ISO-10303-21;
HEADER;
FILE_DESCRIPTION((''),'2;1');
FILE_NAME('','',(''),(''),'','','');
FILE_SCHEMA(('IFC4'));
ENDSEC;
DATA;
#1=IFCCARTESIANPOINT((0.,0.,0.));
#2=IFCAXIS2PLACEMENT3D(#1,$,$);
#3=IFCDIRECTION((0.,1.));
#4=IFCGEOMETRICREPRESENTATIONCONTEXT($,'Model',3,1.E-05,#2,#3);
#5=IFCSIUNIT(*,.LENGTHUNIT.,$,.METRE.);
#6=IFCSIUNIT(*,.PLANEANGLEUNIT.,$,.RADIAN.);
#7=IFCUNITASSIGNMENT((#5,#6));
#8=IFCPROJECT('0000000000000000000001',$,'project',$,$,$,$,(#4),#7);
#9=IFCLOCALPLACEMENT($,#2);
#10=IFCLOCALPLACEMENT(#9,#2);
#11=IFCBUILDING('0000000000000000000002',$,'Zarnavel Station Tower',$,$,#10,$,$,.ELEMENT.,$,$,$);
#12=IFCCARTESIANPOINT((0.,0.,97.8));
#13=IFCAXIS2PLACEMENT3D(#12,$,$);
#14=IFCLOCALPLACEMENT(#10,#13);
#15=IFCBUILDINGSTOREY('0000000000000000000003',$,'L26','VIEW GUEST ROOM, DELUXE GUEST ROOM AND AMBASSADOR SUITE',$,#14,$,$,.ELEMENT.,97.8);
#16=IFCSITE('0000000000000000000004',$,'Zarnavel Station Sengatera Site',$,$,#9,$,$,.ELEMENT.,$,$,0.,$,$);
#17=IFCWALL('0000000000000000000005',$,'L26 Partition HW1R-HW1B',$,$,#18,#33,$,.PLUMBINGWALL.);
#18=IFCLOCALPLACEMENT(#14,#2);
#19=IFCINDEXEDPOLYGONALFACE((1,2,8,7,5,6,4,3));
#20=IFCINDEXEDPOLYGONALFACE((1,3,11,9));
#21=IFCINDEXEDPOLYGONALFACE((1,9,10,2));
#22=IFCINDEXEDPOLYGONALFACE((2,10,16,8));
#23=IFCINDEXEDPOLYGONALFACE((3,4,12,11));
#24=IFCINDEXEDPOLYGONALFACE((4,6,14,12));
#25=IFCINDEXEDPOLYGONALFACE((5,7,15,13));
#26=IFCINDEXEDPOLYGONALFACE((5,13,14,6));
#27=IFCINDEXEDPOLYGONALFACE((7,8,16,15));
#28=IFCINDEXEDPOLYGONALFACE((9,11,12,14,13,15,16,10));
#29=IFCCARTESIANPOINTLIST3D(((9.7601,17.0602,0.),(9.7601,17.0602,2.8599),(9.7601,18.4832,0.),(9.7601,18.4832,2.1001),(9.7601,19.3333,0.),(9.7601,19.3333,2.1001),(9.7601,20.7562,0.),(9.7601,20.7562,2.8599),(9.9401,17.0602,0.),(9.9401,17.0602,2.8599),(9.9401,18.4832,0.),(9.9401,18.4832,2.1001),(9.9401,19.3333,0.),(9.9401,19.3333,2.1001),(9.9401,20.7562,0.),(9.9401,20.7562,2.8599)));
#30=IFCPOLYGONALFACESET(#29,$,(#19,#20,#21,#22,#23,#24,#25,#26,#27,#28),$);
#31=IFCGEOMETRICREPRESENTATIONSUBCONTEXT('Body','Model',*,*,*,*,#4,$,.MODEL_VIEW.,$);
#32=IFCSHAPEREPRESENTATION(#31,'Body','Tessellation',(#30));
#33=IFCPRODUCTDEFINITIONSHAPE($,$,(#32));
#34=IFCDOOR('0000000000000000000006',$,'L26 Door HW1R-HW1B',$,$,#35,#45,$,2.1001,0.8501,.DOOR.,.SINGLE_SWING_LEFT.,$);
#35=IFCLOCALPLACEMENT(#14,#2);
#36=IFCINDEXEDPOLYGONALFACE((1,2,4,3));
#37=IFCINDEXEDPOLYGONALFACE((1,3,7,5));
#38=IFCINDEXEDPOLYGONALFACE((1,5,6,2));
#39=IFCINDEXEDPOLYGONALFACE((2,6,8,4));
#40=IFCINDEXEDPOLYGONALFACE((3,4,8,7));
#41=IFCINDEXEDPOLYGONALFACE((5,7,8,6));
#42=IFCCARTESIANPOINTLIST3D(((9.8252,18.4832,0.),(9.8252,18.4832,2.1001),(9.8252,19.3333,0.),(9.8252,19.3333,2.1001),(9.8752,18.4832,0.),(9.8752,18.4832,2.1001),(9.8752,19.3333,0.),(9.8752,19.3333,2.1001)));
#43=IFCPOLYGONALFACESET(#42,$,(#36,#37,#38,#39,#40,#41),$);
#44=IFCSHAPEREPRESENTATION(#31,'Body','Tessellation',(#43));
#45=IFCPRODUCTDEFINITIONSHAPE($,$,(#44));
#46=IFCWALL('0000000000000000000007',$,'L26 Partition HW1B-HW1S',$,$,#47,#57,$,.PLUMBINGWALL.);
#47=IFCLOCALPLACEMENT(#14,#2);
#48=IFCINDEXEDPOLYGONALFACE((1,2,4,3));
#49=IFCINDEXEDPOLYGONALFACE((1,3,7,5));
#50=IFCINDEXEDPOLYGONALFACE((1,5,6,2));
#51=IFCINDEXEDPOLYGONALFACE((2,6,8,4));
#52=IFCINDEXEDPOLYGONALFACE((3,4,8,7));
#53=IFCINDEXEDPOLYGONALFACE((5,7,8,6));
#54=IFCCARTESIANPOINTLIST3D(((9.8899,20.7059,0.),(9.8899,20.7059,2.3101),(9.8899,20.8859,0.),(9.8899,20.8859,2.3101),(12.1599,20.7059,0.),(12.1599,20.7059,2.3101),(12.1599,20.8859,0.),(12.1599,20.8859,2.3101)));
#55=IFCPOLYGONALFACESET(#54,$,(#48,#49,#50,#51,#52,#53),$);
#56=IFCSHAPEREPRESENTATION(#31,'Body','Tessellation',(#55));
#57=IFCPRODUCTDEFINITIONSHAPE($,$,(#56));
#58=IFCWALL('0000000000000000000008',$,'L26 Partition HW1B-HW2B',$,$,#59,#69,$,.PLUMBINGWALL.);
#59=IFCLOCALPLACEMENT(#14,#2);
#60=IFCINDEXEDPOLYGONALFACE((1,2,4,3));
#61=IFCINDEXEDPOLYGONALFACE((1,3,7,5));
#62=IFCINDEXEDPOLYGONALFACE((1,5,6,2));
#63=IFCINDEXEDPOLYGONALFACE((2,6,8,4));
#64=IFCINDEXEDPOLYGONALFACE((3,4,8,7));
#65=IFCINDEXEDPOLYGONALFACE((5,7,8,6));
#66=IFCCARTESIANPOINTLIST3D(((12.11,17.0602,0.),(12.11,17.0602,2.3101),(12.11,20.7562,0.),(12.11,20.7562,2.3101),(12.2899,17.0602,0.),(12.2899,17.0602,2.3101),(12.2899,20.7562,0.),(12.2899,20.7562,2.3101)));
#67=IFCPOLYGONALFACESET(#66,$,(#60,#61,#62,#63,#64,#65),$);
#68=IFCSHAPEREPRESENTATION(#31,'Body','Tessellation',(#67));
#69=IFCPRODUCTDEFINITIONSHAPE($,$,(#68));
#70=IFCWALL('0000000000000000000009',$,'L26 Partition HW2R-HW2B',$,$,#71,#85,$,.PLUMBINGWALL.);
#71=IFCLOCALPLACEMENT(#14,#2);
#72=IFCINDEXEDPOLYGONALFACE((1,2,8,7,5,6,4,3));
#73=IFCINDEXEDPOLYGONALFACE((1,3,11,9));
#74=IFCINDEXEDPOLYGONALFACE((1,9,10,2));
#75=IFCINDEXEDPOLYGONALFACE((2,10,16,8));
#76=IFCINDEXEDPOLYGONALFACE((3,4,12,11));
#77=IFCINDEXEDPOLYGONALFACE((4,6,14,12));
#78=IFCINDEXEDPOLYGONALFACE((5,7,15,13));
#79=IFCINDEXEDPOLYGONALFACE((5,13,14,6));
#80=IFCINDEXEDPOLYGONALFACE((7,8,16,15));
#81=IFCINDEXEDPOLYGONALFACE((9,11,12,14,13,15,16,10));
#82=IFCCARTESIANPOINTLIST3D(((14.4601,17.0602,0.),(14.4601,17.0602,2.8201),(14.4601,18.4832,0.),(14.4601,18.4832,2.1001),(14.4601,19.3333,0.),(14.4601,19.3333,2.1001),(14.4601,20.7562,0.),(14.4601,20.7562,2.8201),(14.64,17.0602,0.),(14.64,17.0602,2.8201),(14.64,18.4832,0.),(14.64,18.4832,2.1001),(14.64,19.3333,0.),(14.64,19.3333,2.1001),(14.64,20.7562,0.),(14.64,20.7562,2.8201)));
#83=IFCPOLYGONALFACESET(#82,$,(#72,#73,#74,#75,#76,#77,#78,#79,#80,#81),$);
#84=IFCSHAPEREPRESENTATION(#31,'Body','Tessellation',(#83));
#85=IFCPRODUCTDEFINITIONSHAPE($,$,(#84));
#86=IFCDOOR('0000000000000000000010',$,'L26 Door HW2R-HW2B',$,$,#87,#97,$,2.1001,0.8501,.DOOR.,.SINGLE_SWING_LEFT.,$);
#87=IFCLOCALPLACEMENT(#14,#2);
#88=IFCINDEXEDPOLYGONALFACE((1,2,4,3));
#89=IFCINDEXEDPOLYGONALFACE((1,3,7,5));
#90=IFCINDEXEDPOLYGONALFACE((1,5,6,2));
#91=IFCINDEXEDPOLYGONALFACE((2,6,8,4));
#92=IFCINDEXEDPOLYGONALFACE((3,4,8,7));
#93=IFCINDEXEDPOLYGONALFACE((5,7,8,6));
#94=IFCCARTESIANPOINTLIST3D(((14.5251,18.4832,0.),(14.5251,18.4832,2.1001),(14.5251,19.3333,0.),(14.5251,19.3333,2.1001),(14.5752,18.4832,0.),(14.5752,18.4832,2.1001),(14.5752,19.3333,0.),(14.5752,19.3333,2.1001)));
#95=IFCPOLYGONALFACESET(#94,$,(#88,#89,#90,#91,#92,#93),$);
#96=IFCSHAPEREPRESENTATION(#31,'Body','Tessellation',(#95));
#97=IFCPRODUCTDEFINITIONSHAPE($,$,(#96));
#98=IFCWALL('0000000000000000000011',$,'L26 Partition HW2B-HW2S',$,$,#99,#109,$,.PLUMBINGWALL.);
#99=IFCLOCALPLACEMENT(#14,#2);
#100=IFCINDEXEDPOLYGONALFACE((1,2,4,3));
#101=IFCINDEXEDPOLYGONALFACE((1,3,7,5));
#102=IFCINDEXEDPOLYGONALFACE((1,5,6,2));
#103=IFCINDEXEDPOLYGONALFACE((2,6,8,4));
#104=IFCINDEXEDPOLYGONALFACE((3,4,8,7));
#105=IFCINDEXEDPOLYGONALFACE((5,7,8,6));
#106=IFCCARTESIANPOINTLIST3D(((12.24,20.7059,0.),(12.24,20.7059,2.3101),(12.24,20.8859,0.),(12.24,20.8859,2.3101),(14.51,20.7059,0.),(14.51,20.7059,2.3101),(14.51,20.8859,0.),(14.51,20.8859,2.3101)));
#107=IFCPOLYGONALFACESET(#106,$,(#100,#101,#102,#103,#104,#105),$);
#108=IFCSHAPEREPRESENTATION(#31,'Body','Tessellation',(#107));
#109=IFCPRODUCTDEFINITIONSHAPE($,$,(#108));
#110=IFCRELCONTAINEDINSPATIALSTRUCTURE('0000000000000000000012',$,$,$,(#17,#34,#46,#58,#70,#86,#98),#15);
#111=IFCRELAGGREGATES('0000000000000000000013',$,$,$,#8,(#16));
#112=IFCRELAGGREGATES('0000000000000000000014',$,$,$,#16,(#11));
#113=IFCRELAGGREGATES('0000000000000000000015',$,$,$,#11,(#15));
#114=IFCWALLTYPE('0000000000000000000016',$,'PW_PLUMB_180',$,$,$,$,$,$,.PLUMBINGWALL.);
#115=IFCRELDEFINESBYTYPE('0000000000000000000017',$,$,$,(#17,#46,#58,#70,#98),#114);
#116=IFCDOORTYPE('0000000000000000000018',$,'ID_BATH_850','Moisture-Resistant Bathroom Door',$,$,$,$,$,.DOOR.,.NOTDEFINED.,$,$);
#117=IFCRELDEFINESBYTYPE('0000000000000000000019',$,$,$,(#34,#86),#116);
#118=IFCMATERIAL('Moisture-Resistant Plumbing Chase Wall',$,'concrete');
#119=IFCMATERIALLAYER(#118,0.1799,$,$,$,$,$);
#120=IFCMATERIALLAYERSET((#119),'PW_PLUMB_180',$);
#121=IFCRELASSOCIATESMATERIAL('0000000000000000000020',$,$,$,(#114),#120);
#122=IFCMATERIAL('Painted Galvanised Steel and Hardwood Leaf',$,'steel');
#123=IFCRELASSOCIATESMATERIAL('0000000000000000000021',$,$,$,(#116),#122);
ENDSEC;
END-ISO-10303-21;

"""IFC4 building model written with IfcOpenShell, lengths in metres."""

from ifc_helpers import new_model, si_unit, direction, frame, frame_2d, origin, place, context, subcontext, project, spatial, rectangle, extrude, material, layer, layer_set, type_object, element, fill, save


model = new_model("IFC4")

# Units and contexts
model_context = context("Model", 3, precision=1e-05, world=origin(), true_north=direction((0.0, 1.0)))
body_context = subcontext(model_context, "Body", "Model", "MODEL_VIEW")
ifc_project = project(units=[si_unit("LENGTHUNIT", "METRE"), si_unit("PLANEANGLEUNIT", "RADIAN")], contexts=[model_context])

# Site, building, storey
site_placement = place(None, origin())
site = spatial("IfcSite", under=ifc_project, at=site_placement, Name="Zarnavel Station Sengatera Site", CompositionType="ELEMENT", RefElevation=0.0)
building_placement = place(site_placement, origin())
building = spatial("IfcBuilding", under=site, at=building_placement, Name="Zarnavel Station Tower", CompositionType="ELEMENT")
storey_placement = place(building_placement, frame((0.0, 0.0, 97.8)))
storey = spatial("IfcBuildingStorey", under=building, at=storey_placement, Name="L26", Description="VIEW GUEST ROOM, DELUXE GUEST ROOM AND AMBASSADOR SUITE", CompositionType="ELEMENT", Elevation=97.8)

# Wall, opening, door
ifc_material_1 = material(Name="Moisture-Resistant Plumbing Chase Wall", Category="concrete")
ifc_layer_1 = layer(ifc_material_1, 0.1799)
ifc_layer_set_1 = layer_set([ifc_layer_1], Name="PW_PLUMB_180")
wall_type_1 = type_object("IfcWallType", Name="PW_PLUMB_180", PredefinedType="PLUMBINGWALL", material=ifc_layer_set_1)
wall_1_placement = place(storey_placement, frame((9.8501, 17.0601, 0.0), z_axis=(0.0, 0.0, 1.0), x_axis=(0.0, 1.0, 0.0)))
wall_1 = element("IfcWall", 1, at=wall_1_placement, inside=storey, type_object=wall_type_1, Name="L26 Partition HW1R-HW1B", PredefinedType="PLUMBINGWALL", context=body_context, shape_type="SweptSolid", body=[
    extrude(rectangle(XDim=3.696, YDim=0.1799, at=frame_2d((1.8481, 0.0))), origin(), (0.0, 0.0, 1.0), 2.8599),
])
opening_1_placement = place(wall_1_placement, frame((1.4231, 0.0, 0.0)))
opening_1 = element("IfcOpeningElement", 2, at=opening_1_placement, cuts=wall_1, PredefinedType="OPENING", context=body_context, shape_type="SweptSolid", body=[
    extrude(rectangle(XDim=0.8501, YDim=2.1001, at=frame_2d((0.425, 1.05))), frame((0.0, 0.0999, 0.0), z_axis=(0.0, -1.0, 0.0), x_axis=(1.0, 0.0, 0.0)), (0.0, 0.0, 1.0), 0.2),
])
ifc_material_2 = material(Name="Painted Galvanised Steel and Hardwood Leaf", Category="steel")
door_type_1 = type_object("IfcDoorType", Name="ID_BATH_850", Description="Moisture-Resistant Bathroom Door", OperationType="NOTDEFINED", PredefinedType="DOOR", material=ifc_material_2)
door_1_placement = place(opening_1_placement, origin())
door_1 = element("IfcDoor", 3, at=door_1_placement, inside=storey, type_object=door_type_1, Name="L26 Door HW1R-HW1B", OperationType="SINGLE_SWING_LEFT", OverallHeight=2.1001, OverallWidth=0.8501, PredefinedType="DOOR", context=body_context, shape_type="SweptSolid", body=[
    extrude(rectangle(XDim=0.8501, YDim=2.1001, at=frame_2d((0.425, 1.05))), frame((0.0, 0.0249, 0.0), z_axis=(0.0, -1.0, 0.0), x_axis=(1.0, 0.0, 0.0)), (0.0, 0.0, 1.0), 0.05),
])
fill(opening_1, door_1)

# Walls
wall_2_placement = place(storey_placement, frame((9.8899, 20.7959, 0.0), z_axis=(0.0, 0.0, 1.0), x_axis=(1.0, 0.0, 0.0)))
element("IfcWall", 4, at=wall_2_placement, inside=storey, type_object=wall_type_1, Name="L26 Partition HW1B-HW1S", PredefinedType="PLUMBINGWALL", context=body_context, shape_type="SweptSolid", body=[
    extrude(rectangle(XDim=2.27, YDim=0.1799, at=frame_2d((1.135, 0.0))), origin(), (0.0, 0.0, 1.0), 2.3101),
])
wall_3_placement = place(storey_placement, frame((12.2, 17.0601, 0.0), z_axis=(0.0, 0.0, 1.0), x_axis=(0.0, 1.0, 0.0)))
element("IfcWall", 5, at=wall_3_placement, inside=storey, type_object=wall_type_1, Name="L26 Partition HW1B-HW2B", PredefinedType="PLUMBINGWALL", context=body_context, shape_type="SweptSolid", body=[
    extrude(rectangle(XDim=3.696, YDim=0.1799, at=frame_2d((1.8481, 0.0))), origin(), (0.0, 0.0, 1.0), 2.3101),
])

# Wall, opening, door
wall_4_placement = place(storey_placement, frame((14.55, 17.0601, 0.0), z_axis=(0.0, 0.0, 1.0), x_axis=(0.0, 1.0, 0.0)))
wall_4 = element("IfcWall", 6, at=wall_4_placement, inside=storey, type_object=wall_type_1, Name="L26 Partition HW2R-HW2B", PredefinedType="PLUMBINGWALL", context=body_context, shape_type="SweptSolid", body=[
    extrude(rectangle(XDim=3.696, YDim=0.1799, at=frame_2d((1.8481, 0.0))), origin(), (0.0, 0.0, 1.0), 2.8201),
])
opening_2_placement = place(wall_4_placement, frame((1.4231, 0.0, 0.0)))
opening_2 = element("IfcOpeningElement", 7, at=opening_2_placement, cuts=wall_4, PredefinedType="OPENING", context=body_context, shape_type="SweptSolid", body=[
    extrude(rectangle(XDim=0.8501, YDim=2.1001, at=frame_2d((0.425, 1.05))), frame((0.0, 0.0999, 0.0), z_axis=(0.0, -1.0, 0.0), x_axis=(1.0, 0.0, 0.0)), (0.0, 0.0, 1.0), 0.2),
])
door_2_placement = place(opening_2_placement, origin())
door_2 = element("IfcDoor", 8, at=door_2_placement, inside=storey, type_object=door_type_1, Name="L26 Door HW2R-HW2B", OperationType="SINGLE_SWING_LEFT", OverallHeight=2.1001, OverallWidth=0.8501, PredefinedType="DOOR", context=body_context, shape_type="SweptSolid", body=[
    extrude(rectangle(XDim=0.8501, YDim=2.1001, at=frame_2d((0.425, 1.05))), frame((0.0, 0.0249, 0.0), z_axis=(0.0, -1.0, 0.0), x_axis=(1.0, 0.0, 0.0)), (0.0, 0.0, 1.0), 0.05),
])
fill(opening_2, door_2)

# Wall
wall_5_placement = place(storey_placement, frame((12.24, 20.7959, 0.0), z_axis=(0.0, 0.0, 1.0), x_axis=(1.0, 0.0, 0.0)))
element("IfcWall", 9, at=wall_5_placement, inside=storey, type_object=wall_type_1, Name="L26 Partition HW2B-HW2S", PredefinedType="PLUMBINGWALL", context=body_context, shape_type="SweptSolid", body=[
    extrude(rectangle(XDim=2.27, YDim=0.1799, at=frame_2d((1.135, 0.0))), origin(), (0.0, 0.0, 1.0), 2.3101),
])

save(model, "model.ifc")
